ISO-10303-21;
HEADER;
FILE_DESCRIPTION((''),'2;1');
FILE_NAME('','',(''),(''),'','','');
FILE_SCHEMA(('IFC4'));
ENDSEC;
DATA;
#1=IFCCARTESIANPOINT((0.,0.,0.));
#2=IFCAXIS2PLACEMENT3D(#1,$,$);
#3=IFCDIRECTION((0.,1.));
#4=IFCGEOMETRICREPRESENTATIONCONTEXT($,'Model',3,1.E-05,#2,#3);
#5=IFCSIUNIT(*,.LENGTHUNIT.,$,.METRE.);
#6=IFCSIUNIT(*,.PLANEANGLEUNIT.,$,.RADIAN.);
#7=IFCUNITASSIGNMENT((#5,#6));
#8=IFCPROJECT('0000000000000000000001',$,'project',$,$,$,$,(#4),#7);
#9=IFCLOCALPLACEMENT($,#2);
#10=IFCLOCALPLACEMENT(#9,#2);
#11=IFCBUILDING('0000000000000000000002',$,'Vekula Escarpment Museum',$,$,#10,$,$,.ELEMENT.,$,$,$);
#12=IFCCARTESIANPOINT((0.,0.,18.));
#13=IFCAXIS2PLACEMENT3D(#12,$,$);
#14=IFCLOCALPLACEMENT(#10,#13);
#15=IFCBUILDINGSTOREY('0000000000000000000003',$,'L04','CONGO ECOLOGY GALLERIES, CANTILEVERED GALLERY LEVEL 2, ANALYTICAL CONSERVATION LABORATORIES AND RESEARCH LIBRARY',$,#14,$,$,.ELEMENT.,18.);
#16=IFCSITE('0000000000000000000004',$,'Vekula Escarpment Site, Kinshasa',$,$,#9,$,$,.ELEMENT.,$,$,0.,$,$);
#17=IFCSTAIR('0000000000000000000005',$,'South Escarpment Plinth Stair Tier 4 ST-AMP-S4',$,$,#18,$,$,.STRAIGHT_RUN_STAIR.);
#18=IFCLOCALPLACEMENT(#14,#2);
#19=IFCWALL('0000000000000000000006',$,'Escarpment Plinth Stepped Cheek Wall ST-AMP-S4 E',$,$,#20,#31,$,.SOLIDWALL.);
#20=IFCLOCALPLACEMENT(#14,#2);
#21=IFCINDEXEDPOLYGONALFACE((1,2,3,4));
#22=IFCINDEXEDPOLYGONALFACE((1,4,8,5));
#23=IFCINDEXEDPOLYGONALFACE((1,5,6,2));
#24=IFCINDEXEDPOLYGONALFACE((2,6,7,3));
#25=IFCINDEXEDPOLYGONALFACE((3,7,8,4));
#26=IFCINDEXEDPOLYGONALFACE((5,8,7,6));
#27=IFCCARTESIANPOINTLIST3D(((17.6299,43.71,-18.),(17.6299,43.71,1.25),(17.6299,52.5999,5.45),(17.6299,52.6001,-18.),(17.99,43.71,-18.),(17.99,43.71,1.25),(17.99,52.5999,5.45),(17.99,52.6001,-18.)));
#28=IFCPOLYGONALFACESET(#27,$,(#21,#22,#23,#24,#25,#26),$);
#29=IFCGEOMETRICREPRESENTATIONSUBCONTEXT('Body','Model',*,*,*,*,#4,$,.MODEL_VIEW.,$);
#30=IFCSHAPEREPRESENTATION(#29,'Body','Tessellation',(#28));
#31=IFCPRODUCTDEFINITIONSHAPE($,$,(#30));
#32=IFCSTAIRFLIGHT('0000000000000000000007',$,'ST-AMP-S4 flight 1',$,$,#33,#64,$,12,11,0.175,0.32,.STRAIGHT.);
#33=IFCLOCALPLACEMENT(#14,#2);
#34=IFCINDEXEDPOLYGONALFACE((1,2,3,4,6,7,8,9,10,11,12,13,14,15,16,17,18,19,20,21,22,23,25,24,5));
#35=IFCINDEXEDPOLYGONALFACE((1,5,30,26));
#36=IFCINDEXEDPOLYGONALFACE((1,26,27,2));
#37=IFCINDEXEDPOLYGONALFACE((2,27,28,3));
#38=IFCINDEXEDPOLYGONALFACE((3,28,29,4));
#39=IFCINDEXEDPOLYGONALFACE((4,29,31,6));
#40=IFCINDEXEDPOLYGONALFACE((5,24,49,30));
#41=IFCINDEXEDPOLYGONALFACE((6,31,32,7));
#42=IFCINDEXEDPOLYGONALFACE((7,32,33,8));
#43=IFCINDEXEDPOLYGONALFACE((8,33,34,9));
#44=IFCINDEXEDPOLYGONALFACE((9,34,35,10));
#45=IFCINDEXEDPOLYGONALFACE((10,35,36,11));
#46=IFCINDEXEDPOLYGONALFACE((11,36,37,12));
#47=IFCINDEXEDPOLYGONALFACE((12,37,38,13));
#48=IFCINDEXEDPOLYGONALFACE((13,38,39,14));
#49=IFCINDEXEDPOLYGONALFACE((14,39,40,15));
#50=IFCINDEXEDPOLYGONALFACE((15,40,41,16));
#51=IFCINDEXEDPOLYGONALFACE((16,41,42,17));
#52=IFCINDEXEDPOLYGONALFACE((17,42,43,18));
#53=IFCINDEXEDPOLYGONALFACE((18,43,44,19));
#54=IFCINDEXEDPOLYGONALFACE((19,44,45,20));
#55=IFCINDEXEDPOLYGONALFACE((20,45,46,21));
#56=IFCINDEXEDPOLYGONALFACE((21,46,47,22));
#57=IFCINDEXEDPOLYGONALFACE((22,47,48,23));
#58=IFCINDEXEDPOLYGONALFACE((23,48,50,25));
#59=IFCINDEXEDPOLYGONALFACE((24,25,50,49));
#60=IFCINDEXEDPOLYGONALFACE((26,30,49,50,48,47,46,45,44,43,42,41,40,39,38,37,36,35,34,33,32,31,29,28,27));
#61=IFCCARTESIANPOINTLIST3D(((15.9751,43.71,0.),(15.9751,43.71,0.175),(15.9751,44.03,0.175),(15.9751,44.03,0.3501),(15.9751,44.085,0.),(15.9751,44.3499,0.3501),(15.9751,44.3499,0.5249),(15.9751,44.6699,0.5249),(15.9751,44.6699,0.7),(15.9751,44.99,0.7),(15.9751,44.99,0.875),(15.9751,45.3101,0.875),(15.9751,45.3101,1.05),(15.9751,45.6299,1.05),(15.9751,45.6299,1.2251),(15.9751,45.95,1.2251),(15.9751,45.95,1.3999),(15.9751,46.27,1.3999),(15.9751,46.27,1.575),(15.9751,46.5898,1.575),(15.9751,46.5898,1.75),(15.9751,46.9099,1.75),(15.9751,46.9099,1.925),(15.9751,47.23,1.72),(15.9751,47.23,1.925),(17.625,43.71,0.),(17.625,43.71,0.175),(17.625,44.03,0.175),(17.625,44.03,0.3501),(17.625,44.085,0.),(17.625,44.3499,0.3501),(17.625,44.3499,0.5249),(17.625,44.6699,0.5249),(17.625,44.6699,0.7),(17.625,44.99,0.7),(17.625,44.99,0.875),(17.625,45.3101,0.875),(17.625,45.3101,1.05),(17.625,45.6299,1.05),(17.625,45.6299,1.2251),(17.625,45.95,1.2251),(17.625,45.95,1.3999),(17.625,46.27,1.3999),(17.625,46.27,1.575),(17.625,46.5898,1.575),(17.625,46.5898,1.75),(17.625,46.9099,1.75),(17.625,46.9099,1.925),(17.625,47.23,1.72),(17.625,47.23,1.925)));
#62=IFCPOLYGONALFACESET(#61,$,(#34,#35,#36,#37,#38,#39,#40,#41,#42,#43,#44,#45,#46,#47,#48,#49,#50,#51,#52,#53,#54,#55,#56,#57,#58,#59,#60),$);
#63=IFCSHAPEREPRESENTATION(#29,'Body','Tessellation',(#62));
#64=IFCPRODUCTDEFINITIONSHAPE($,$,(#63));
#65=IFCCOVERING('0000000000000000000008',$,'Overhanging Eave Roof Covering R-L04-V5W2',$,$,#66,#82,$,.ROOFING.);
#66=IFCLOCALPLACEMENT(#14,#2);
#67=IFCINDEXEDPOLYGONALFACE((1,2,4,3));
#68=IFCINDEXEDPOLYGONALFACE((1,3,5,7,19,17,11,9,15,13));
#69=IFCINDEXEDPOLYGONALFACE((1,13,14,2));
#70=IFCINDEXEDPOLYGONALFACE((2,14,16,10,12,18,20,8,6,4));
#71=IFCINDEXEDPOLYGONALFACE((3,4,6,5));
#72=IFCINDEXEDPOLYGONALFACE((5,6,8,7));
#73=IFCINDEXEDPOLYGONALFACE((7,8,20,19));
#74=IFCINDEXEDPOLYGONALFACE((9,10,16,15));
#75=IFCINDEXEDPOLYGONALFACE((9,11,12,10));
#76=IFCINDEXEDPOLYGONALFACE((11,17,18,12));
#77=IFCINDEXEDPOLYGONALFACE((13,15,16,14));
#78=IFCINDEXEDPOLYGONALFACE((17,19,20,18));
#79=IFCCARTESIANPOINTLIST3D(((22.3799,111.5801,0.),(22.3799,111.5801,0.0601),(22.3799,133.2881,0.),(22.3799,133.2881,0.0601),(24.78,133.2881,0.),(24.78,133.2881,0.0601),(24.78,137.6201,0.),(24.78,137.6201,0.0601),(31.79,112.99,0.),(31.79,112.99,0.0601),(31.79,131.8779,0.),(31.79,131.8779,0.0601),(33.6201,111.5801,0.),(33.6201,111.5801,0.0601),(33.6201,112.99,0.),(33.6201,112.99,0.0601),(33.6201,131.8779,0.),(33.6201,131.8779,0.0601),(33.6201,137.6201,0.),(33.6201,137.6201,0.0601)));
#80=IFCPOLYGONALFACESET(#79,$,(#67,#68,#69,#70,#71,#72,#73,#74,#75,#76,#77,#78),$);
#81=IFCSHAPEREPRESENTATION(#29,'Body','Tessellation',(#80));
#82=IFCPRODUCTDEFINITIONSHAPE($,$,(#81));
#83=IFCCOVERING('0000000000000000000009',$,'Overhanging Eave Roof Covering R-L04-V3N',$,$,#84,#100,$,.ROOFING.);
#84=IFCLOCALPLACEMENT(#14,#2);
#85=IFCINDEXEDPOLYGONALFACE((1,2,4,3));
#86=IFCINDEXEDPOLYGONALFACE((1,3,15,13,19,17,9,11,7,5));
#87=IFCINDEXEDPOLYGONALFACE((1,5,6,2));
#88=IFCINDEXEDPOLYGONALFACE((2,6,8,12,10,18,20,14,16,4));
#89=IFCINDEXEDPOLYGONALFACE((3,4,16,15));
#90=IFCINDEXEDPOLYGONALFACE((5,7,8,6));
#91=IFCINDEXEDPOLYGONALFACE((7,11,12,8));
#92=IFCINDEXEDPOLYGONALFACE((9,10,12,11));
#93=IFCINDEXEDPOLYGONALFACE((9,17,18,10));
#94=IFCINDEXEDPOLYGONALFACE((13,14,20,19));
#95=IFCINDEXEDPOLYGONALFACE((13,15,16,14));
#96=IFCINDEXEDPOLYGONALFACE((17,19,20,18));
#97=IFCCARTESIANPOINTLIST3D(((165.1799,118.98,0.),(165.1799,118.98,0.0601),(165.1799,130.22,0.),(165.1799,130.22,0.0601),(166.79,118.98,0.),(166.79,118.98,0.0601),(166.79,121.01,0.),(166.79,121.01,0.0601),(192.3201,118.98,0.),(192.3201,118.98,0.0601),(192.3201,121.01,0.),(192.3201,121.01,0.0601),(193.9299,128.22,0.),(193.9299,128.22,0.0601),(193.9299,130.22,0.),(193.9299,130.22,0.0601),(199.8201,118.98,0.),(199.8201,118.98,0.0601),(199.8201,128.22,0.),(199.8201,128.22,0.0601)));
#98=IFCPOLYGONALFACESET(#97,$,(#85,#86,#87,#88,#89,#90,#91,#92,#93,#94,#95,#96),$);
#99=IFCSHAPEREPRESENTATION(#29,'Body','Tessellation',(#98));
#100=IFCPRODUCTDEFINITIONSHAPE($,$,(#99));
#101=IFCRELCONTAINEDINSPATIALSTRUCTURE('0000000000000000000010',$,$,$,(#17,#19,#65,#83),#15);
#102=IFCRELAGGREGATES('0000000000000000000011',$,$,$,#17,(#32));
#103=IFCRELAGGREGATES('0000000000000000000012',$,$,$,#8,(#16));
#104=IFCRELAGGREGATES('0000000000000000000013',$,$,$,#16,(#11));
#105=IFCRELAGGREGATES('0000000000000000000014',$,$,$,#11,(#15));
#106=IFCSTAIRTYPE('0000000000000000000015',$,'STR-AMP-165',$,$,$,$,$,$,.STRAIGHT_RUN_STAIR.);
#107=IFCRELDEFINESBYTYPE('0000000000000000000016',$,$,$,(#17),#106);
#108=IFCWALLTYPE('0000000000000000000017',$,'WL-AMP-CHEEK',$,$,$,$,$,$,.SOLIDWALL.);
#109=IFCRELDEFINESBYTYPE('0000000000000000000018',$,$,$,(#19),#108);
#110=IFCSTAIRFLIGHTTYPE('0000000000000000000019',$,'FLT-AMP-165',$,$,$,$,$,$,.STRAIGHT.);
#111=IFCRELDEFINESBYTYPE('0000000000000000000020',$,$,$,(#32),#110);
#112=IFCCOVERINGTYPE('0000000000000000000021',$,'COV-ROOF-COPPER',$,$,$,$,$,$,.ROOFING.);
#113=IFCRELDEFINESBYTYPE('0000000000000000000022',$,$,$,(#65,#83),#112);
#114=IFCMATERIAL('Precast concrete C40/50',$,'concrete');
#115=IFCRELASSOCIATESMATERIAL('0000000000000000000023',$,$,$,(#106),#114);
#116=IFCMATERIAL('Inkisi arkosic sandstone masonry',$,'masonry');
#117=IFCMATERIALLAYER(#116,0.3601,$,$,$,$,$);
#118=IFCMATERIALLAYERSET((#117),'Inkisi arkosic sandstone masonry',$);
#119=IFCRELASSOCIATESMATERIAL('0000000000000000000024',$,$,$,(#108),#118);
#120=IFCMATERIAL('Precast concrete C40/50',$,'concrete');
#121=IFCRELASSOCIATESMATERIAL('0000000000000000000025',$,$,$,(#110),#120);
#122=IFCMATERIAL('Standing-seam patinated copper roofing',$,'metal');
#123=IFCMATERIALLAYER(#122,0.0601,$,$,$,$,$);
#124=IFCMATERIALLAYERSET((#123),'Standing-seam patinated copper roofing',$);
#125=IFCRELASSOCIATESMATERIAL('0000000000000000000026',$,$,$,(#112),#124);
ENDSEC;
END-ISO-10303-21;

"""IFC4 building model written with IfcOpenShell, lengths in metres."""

from ifc_helpers import new_model, si_unit, direction, frame, origin, place, context, subcontext, project, spatial, polyline, outline, extrude, material, layer, layer_set, type_object, element, aggregate, save


model = new_model("IFC4")

# Units and contexts
model_context = context("Model", 3, precision=1e-05, world=origin(), true_north=direction((0.0, 1.0)))
body_context = subcontext(model_context, "Body", "Model", "MODEL_VIEW")
ifc_project = project(units=[si_unit("LENGTHUNIT", "METRE"), si_unit("PLANEANGLEUNIT", "RADIAN")], contexts=[model_context])

# Site, building, storey
site_placement = place(None, origin())
site = spatial("IfcSite", under=ifc_project, at=site_placement, Name="Vekula Escarpment Site, Kinshasa", CompositionType="ELEMENT", RefElevation=0.0)
building_placement = place(site_placement, origin())
building = spatial("IfcBuilding", under=site, at=building_placement, Name="Vekula Escarpment Museum", CompositionType="ELEMENT")
storey_placement = place(building_placement, frame((0.0, 0.0, 18.0)))
storey = spatial("IfcBuildingStorey", under=building, at=storey_placement, Name="L04", Description="CONGO ECOLOGY GALLERIES, CANTILEVERED GALLERY LEVEL 2, ANALYTICAL CONSERVATION LABORATORIES AND RESEARCH LIBRARY", CompositionType="ELEMENT", Elevation=18.0)

# Stair
ifc_material_1 = material(Name="Precast concrete C40/50", Category="concrete")
stair_type_1 = type_object("IfcStairType", Name="STR-AMP-165", PredefinedType="STRAIGHT_RUN_STAIR", material=ifc_material_1)
stair_1_placement = place(storey_placement, origin())
stair_1 = element("IfcStair", 1, at=stair_1_placement, inside=storey, type_object=stair_type_1, Name="South Escarpment Plinth Stair Tier 4 ST-AMP-S4", PredefinedType="STRAIGHT_RUN_STAIR")

# Wall
ifc_material_2 = material(Name="Inkisi arkosic sandstone masonry", Category="masonry")
ifc_layer_1 = layer(ifc_material_2, 0.3601)
ifc_layer_set_1 = layer_set([ifc_layer_1], Name="Inkisi arkosic sandstone masonry")
wall_type = type_object("IfcWallType", Name="WL-AMP-CHEEK", PredefinedType="SOLIDWALL", material=ifc_layer_set_1)
for number, where, z_axis, x_axis, name in (
    (2, (17.8101, 43.71, -18.0), (0.0, 0.0, 1.0), (0.0, 1.0, 0.0), "Escarpment Plinth Stepped Cheek Wall ST-AMP-S4 E"),
):
    element("IfcWall", number, at=place(storey_placement, frame(where, z_axis=z_axis, x_axis=x_axis)), inside=storey, type_object=wall_type, Name=name, PredefinedType="SOLIDWALL", context=body_context, shape_type="SweptSolid", body=[
        extrude(outline(polyline([(0.0, 0.0), (8.8901, 0.0), (8.8899, 23.45), (0.0, 19.25), (0.0, 0.0)])), frame((0.0, 0.1802, 0.0), z_axis=(0.0, -1.0, 0.0), x_axis=(1.0, 0.0, 0.0)), (0.0, 0.0, 1.0), 0.3601),
    ])

# Stair flight
ifc_material_3 = material(Name="Precast concrete C40/50", Category="concrete")
stair_flight_type = type_object("IfcStairFlightType", Name="FLT-AMP-165", PredefinedType="STRAIGHT", material=ifc_material_3)
stair_flight_placement = place(storey_placement, frame((16.8, 43.71, 0.0), z_axis=(0.0, 0.0, 1.0), x_axis=(0.0, 1.0, 0.0)))
stair_flight = element("IfcStairFlight", 3, at=stair_flight_placement, type_object=stair_flight_type, Name="ST-AMP-S4 flight 1", NumberOfRisers=12, NumberOfTreads=11, PredefinedType="STRAIGHT", RiserHeight=0.175, TreadLength=0.32, context=body_context, shape_type="SweptSolid", body=[
    extrude(outline(polyline([(0.0, 0.0), (0.0, 0.175), (0.3201, 0.175), (0.3201, 0.3501), (0.6399, 0.3501), (0.6399, 0.5249), (0.96, 0.5249), (0.96, 0.7), (1.28, 0.7), (1.28, 0.875), (1.6001, 0.875), (1.6001, 1.05), (1.9199, 1.05), (1.9199, 1.2251), (2.24, 1.2251), (2.24, 1.3999), (2.5601, 1.3999), (2.5601, 1.575), (2.8799, 1.575), (2.8799, 1.75), (3.2, 1.75), (3.2, 1.925), (3.52, 1.925), (3.52, 2.1001), (3.52, 1.72), (0.375, 0.0), (0.0, 0.0)])), frame((0.0, 0.825, 0.0), z_axis=(0.0, -1.0, 0.0), x_axis=(1.0, 0.0, 0.0)), (0.0, 0.0, 1.0), 1.6499),
])
aggregate(stair_1, [stair_flight])

# Coverings
ifc_material_4 = material(Name="Standing-seam patinated copper roofing", Category="metal")
ifc_layer_2 = layer(ifc_material_4, 0.0601)
ifc_layer_set_2 = layer_set([ifc_layer_2], Name="Standing-seam patinated copper roofing")
covering_type = type_object("IfcCoveringType", Name="COV-ROOF-COPPER", PredefinedType="ROOFING", material=ifc_layer_set_2)
covering_1_placement = place(storey_placement, origin())
element("IfcCovering", 4, at=covering_1_placement, inside=storey, type_object=covering_type, Name="Overhanging Eave Roof Covering R-L04-V5W2", PredefinedType="ROOFING", context=body_context, shape_type="SweptSolid", body=[
    extrude(outline(polyline([(22.3799, 133.2881), (24.78, 133.2881), (24.78, 137.6201), (33.6201, 137.6201), (33.6201, 131.8779), (31.79, 131.8779), (31.79, 112.99), (33.6201, 112.99), (33.6201, 111.5801), (22.3799, 111.5801), (22.3799, 133.2881)])), origin(), (0.0, 0.0, 1.0), 0.0601),
])
covering_2_placement = place(storey_placement, origin())
element("IfcCovering", 5, at=covering_2_placement, inside=storey, type_object=covering_type, Name="Overhanging Eave Roof Covering R-L04-V3N", PredefinedType="ROOFING", context=body_context, shape_type="SweptSolid", body=[
    extrude(outline(polyline([(165.1799, 130.22), (193.9299, 130.22), (193.9299, 128.22), (199.8201, 128.22), (199.8201, 118.98), (192.3201, 118.98), (192.3201, 121.01), (166.79, 121.01), (166.79, 118.98), (165.1799, 118.98), (165.1799, 130.22)])), origin(), (0.0, 0.0, 1.0), 0.0601),
])

save(model, "model.ifc")
